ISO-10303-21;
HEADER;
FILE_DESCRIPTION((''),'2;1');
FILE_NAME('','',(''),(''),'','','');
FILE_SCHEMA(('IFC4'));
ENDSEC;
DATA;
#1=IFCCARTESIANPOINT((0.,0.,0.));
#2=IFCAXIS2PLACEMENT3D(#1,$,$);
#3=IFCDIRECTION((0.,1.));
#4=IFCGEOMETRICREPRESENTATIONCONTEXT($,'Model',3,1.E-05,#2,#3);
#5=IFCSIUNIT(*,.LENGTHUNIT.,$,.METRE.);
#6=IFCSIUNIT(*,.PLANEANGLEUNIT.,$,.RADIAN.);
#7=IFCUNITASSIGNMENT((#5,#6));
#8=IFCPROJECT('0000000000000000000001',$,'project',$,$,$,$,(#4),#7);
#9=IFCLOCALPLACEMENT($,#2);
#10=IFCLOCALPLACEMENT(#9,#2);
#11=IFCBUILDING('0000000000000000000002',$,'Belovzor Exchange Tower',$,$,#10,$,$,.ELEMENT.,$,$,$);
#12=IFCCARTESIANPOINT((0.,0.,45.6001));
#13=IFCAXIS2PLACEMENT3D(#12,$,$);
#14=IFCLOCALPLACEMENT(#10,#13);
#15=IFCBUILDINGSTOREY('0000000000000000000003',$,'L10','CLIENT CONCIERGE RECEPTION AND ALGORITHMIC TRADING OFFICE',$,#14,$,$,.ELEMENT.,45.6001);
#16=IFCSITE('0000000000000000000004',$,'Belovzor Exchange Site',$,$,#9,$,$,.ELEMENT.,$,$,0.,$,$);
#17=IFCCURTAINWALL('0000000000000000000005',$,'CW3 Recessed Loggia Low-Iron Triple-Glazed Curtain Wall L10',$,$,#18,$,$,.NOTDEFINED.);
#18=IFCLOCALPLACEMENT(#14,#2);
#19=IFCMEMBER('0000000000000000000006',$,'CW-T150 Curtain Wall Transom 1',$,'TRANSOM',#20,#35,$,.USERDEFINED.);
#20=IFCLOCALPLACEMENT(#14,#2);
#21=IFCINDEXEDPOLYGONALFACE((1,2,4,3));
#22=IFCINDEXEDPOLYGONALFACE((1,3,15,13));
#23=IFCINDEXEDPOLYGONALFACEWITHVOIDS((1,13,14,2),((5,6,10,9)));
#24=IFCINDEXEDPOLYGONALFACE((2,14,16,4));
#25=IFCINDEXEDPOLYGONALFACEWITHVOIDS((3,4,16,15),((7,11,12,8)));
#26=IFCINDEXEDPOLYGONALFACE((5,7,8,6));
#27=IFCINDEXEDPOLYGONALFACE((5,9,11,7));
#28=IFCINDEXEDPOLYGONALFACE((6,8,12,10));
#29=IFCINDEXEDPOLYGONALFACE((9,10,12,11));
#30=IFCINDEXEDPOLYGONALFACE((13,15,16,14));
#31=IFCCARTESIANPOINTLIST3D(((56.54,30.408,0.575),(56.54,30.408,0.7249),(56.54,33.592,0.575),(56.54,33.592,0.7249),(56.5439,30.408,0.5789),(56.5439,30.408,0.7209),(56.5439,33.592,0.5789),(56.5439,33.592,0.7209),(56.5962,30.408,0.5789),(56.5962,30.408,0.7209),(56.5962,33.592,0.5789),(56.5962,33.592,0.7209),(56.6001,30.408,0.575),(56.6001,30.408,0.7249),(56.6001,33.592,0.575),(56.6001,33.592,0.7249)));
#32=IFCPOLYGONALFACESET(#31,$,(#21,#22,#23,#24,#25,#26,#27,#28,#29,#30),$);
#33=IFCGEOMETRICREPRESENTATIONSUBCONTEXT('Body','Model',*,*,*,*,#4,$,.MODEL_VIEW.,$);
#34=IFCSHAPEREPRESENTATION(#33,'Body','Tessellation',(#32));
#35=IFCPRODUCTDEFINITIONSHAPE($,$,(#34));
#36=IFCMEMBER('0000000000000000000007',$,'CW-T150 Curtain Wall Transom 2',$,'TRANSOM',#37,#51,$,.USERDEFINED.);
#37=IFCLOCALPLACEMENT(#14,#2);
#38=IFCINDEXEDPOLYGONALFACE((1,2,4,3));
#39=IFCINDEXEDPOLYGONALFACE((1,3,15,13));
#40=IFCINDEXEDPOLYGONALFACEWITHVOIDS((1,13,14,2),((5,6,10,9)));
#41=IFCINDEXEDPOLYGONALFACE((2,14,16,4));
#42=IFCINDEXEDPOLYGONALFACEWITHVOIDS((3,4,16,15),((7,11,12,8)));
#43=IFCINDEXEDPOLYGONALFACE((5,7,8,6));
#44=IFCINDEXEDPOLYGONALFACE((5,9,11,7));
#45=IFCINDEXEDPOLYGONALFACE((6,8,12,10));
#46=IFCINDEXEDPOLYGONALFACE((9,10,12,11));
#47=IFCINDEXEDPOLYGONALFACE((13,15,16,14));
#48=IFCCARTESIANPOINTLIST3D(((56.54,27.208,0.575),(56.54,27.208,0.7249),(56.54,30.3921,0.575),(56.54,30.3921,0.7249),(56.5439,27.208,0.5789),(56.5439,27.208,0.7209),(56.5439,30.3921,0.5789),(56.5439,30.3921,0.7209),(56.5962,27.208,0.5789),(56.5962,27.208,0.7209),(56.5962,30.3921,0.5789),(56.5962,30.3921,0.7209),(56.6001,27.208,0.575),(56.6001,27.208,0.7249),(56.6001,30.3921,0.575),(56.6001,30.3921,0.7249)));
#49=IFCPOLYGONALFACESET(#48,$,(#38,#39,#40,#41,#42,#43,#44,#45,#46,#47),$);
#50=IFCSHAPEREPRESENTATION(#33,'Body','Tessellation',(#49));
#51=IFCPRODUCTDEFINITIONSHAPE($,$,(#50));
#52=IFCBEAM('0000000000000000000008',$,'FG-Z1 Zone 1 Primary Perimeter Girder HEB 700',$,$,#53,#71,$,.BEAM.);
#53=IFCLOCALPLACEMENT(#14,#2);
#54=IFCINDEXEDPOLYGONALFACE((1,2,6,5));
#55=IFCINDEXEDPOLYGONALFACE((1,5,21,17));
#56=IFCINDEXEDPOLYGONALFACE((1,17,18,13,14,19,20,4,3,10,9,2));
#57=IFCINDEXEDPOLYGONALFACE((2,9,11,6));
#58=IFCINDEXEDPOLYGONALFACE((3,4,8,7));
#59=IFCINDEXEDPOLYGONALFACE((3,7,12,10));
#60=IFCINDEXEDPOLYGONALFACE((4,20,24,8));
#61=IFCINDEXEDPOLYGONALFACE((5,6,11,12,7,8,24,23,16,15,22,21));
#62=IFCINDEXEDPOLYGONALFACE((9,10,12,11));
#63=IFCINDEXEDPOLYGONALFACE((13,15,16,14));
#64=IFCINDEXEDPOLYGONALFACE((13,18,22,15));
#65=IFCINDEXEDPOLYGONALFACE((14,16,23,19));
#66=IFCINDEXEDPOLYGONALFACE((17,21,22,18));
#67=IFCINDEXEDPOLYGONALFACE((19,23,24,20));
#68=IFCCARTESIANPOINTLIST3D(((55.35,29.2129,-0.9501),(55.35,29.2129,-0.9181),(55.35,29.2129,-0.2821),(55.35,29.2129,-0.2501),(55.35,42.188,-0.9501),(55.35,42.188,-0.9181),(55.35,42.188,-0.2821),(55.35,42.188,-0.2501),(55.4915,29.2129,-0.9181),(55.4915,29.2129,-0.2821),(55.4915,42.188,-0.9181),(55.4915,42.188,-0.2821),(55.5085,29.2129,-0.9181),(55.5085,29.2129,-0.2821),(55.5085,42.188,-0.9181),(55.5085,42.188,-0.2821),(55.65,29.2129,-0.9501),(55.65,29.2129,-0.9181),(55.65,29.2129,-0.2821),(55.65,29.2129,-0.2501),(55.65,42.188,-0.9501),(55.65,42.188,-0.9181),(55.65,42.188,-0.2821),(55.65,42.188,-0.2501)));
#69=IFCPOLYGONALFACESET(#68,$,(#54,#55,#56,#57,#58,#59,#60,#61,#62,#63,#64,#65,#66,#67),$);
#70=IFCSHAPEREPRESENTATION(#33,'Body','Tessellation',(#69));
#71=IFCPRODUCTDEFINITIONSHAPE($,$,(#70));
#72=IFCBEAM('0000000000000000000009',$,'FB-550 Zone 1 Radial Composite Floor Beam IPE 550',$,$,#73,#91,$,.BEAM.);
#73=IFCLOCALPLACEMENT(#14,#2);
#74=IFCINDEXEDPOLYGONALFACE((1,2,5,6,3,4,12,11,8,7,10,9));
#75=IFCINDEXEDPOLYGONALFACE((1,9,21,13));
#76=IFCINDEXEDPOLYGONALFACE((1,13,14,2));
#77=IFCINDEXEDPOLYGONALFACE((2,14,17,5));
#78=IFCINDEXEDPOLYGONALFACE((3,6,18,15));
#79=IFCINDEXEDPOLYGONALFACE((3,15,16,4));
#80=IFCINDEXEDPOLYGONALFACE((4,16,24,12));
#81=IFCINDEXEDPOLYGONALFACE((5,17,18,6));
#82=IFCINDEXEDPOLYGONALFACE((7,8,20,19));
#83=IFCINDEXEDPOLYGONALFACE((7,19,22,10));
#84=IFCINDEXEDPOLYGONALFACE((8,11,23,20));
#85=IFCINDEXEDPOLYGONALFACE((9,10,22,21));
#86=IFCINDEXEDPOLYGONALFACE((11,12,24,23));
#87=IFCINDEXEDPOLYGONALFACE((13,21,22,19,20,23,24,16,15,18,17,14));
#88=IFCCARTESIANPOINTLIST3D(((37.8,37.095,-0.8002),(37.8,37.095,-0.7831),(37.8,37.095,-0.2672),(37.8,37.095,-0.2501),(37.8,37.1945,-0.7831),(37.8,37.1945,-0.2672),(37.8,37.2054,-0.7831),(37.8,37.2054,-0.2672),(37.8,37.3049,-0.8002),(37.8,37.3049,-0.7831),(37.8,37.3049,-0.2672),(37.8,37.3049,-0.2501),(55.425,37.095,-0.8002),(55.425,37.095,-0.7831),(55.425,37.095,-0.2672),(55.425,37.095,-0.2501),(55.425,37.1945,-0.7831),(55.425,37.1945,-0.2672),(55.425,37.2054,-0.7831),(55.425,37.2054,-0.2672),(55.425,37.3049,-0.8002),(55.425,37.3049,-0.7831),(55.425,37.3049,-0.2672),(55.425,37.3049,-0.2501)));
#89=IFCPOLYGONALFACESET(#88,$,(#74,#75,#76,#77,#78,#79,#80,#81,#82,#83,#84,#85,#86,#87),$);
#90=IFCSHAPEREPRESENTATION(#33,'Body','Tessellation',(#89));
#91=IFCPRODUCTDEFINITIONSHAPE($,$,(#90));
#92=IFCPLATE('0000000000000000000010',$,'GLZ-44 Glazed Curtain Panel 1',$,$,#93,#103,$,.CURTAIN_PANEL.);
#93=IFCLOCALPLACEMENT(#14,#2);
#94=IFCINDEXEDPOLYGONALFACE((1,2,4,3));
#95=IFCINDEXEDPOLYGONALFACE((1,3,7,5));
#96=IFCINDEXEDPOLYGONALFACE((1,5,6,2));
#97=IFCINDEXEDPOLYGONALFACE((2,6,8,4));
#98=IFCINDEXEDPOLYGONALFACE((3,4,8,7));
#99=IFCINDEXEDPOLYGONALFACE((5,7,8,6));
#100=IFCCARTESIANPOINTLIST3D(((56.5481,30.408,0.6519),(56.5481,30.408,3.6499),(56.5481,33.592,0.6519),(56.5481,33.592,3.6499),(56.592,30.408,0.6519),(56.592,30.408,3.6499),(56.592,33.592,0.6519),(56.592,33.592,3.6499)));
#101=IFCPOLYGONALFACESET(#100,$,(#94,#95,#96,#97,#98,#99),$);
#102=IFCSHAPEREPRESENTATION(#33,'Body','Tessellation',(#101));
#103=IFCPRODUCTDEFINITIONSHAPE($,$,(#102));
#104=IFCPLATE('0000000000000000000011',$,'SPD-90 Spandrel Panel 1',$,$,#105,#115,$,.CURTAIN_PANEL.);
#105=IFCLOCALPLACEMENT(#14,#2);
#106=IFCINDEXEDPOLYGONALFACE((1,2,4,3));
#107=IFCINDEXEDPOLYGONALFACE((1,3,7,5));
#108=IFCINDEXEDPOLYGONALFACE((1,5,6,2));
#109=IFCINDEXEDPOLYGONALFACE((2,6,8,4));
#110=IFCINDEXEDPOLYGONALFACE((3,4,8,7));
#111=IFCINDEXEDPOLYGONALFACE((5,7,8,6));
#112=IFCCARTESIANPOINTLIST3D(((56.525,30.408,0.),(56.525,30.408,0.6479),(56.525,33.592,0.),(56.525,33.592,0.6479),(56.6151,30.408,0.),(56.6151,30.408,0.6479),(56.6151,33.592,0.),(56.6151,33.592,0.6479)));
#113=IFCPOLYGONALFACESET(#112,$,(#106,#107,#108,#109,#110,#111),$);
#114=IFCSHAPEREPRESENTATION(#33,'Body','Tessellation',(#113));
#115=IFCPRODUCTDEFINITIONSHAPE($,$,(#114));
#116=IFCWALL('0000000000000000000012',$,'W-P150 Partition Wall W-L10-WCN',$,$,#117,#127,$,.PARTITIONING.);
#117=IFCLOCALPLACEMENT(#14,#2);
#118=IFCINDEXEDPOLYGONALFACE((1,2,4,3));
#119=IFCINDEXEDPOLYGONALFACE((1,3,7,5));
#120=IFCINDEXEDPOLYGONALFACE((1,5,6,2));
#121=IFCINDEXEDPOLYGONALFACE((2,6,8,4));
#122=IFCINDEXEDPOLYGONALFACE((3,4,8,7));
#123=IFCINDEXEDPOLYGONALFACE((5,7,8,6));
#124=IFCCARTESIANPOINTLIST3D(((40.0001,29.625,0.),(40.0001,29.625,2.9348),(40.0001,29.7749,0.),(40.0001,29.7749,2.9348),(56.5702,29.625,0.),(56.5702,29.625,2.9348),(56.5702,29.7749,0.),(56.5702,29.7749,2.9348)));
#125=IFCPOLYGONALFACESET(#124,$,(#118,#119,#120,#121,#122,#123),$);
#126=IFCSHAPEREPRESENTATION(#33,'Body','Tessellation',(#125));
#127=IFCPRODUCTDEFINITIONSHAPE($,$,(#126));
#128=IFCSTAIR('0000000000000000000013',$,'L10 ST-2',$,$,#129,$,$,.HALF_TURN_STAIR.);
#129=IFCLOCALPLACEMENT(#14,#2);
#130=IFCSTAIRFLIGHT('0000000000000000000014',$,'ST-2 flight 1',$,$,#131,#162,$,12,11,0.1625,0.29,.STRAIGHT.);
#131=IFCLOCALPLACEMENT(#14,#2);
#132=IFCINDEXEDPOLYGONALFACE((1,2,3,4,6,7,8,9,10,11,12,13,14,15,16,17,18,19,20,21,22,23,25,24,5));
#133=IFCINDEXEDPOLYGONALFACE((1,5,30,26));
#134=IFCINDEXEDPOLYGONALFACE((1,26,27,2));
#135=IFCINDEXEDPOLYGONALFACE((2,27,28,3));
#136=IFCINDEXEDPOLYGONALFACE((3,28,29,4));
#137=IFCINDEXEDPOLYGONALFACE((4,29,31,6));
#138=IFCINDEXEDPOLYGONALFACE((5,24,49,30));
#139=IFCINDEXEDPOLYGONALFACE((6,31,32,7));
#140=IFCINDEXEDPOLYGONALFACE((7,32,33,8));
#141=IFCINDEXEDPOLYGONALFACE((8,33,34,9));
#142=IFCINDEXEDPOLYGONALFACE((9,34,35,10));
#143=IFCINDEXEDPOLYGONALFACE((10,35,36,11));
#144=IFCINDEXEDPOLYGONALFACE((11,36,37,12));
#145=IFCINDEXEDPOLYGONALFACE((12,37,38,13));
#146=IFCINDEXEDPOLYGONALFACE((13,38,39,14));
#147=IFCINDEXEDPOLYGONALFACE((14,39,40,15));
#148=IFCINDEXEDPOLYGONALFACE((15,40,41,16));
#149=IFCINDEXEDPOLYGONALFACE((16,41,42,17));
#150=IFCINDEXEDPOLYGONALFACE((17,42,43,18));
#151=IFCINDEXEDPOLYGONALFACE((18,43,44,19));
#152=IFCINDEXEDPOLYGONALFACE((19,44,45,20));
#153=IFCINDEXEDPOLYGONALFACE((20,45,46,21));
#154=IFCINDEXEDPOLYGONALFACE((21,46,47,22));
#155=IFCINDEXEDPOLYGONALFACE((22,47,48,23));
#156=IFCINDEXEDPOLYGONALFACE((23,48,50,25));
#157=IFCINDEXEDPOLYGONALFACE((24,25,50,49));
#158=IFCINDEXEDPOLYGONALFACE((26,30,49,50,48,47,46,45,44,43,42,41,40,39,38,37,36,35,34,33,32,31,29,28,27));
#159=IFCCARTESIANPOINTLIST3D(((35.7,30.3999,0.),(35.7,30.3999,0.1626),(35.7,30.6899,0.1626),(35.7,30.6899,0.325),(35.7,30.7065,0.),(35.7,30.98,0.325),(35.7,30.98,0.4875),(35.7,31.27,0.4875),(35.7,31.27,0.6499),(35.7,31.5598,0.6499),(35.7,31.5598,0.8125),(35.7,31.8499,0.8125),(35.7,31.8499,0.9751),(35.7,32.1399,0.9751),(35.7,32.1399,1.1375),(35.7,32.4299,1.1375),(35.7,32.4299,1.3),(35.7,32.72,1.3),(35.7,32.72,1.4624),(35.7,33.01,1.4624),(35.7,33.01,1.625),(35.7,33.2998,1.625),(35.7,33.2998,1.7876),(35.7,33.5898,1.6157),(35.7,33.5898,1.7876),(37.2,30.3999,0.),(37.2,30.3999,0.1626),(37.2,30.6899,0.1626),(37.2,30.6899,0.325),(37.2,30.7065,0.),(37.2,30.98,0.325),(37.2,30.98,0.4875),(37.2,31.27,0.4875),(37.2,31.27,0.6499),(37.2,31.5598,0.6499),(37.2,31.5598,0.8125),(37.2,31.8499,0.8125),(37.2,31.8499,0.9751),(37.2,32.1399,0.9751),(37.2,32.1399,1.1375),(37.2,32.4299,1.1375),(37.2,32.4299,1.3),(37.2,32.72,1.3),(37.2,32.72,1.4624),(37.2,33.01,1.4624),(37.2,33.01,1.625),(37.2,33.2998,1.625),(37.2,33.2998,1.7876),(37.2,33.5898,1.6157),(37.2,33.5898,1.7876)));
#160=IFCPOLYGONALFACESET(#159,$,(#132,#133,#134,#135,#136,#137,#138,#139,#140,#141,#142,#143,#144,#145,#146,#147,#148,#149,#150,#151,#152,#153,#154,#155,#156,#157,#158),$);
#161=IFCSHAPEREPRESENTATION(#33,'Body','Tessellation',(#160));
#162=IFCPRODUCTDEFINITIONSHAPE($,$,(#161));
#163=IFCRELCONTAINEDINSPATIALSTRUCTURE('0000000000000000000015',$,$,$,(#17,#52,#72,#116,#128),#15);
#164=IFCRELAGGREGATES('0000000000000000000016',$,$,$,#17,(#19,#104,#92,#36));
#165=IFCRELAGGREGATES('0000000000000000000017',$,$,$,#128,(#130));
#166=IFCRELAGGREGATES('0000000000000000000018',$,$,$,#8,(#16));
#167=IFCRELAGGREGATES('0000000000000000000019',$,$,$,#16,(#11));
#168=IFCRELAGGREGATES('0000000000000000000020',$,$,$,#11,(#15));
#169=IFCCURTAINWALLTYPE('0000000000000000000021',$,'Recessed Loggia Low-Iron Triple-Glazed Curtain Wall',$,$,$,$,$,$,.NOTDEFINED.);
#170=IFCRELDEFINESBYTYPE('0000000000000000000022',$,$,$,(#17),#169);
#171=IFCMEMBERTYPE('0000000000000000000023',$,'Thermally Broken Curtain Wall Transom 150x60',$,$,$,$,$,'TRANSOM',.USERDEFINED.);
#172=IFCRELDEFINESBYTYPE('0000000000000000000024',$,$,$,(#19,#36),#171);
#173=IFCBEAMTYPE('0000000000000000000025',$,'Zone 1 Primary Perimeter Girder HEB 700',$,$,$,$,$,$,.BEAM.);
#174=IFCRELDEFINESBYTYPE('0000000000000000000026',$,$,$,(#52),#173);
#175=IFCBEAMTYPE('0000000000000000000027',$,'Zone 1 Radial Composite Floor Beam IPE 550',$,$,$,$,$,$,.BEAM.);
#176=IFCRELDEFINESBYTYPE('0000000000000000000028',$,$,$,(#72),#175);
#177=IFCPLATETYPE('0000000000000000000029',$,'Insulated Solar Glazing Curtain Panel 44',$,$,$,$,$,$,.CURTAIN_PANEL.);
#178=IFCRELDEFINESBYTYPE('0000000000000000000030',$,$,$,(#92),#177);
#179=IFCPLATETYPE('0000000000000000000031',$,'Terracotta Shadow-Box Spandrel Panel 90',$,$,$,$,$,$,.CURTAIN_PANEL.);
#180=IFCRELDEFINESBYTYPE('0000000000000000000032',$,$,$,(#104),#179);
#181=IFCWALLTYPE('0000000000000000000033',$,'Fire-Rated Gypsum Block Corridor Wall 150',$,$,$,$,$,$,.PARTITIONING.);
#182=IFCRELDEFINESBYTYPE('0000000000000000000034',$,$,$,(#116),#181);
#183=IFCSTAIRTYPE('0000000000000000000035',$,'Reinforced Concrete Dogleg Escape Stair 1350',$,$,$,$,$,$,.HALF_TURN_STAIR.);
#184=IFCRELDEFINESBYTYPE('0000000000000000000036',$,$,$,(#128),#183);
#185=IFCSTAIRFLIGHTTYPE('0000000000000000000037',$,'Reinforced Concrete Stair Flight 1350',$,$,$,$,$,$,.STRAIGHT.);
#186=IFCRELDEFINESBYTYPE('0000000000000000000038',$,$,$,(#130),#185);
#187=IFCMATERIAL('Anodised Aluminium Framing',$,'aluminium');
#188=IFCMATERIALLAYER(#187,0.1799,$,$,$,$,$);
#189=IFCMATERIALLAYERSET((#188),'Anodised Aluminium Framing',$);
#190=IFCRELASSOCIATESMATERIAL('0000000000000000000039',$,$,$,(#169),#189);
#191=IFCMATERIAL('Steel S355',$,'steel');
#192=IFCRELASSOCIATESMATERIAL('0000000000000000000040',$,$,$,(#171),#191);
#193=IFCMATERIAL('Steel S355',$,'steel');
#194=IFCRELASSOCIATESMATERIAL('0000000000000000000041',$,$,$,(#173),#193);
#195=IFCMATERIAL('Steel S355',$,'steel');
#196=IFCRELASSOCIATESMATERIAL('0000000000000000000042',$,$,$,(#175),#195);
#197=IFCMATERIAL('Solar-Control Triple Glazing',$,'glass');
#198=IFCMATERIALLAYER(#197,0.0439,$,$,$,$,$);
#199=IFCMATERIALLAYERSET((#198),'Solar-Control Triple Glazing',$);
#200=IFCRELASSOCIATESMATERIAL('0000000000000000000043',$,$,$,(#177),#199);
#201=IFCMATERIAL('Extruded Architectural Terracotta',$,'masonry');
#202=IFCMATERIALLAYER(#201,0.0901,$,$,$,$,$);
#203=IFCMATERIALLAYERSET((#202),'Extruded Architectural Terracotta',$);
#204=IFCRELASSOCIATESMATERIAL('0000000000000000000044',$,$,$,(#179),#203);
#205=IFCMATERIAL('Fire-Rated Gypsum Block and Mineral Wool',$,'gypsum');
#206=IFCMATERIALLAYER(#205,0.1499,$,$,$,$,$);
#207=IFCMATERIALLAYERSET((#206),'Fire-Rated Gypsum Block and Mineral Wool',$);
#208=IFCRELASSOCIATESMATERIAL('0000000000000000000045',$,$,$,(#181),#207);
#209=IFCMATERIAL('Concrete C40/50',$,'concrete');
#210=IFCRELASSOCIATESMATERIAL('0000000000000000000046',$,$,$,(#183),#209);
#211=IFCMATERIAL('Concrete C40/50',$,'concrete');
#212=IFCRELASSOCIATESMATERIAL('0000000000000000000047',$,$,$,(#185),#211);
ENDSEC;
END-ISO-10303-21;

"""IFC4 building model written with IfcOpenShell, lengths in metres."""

from ifc_helpers import new_model, si_unit, direction, frame, frame_2d, origin, origin_2d, place, context, subcontext, project, spatial, polyline, rectangle, hollow_rectangle, i_section, outline, extrude, material, layer, layer_set, material_profile, profile_set, type_object, element, aggregate, save


model = new_model("IFC4")

# Units and contexts
model_context = context("Model", 3, precision=1e-05, world=origin(), true_north=direction((0.0, 1.0)))
body_context = subcontext(model_context, "Body", "Model", "MODEL_VIEW")
ifc_project = project(units=[si_unit("LENGTHUNIT", "METRE"), si_unit("PLANEANGLEUNIT", "RADIAN")], contexts=[model_context])

# Site, building, storey
site_placement = place(None, origin())
site = spatial("IfcSite", under=ifc_project, at=site_placement, Name="Belovzor Exchange Site", CompositionType="ELEMENT", RefElevation=0.0)
building_placement = place(site_placement, origin())
building = spatial("IfcBuilding", under=site, at=building_placement, Name="Belovzor Exchange Tower", CompositionType="ELEMENT")
storey_placement = place(building_placement, frame((0.0, 0.0, 45.6001)))
storey = spatial("IfcBuildingStorey", under=building, at=storey_placement, Name="L10", Description="CLIENT CONCIERGE RECEPTION AND ALGORITHMIC TRADING OFFICE", CompositionType="ELEMENT", Elevation=45.6001)

# Curtain wall, members
ifc_material_1 = material(Name="Anodised Aluminium Framing", Category="aluminium")
ifc_layer_1 = layer(ifc_material_1, 0.1799)
ifc_layer_set_1 = layer_set([ifc_layer_1], Name="Anodised Aluminium Framing")
curtain_wall_type = type_object("IfcCurtainWallType", Name="Recessed Loggia Low-Iron Triple-Glazed Curtain Wall", PredefinedType="NOTDEFINED", material=ifc_layer_set_1)
curtain_wall_placement = place(storey_placement, origin())
curtain_wall = element("IfcCurtainWall", 1, at=curtain_wall_placement, inside=storey, type_object=curtain_wall_type, Name="CW3 Recessed Loggia Low-Iron Triple-Glazed Curtain Wall L10", PredefinedType="NOTDEFINED")
ifc_material_2 = material(Name="Steel S355", Category="steel")
ifc_material_profile_1 = material_profile(ifc_material_2, hollow_rectangle(XDim=0.0601, YDim=0.1499, WallThickness=0.0039, at=origin_2d()))
ifc_profile_set_1 = profile_set([ifc_material_profile_1], Name="Steel S355")
member_type_1 = type_object("IfcMemberType", Name="Thermally Broken Curtain Wall Transom 150x60", ElementType="TRANSOM", PredefinedType="USERDEFINED", material=ifc_profile_set_1)
member_1_placement = place(storey_placement, frame((56.5701, 33.592, 0.6499), z_axis=(0.0, -1.0, 0.0), x_axis=(1.0, 0.0, 0.0)))
member_1 = element("IfcMember", 2, at=member_1_placement, type_object=member_type_1, Name="CW-T150 Curtain Wall Transom 1", ObjectType="TRANSOM", PredefinedType="USERDEFINED", context=body_context, shape_type="SweptSolid", body=[
    extrude(hollow_rectangle(XDim=0.0601, YDim=0.1499, WallThickness=0.0039, at=origin_2d()), origin(), (0.0, 0.0, 1.0), 3.1841),
])
member_2_placement = place(storey_placement, frame((56.5701, 30.3921, 0.6499), z_axis=(0.0, -1.0, 0.0), x_axis=(1.0, 0.0, 0.0)))
member_2 = element("IfcMember", 3, at=member_2_placement, type_object=member_type_1, Name="CW-T150 Curtain Wall Transom 2", ObjectType="TRANSOM", PredefinedType="USERDEFINED", context=body_context, shape_type="SweptSolid", body=[
    extrude(hollow_rectangle(XDim=0.0601, YDim=0.1499, WallThickness=0.0039, at=origin_2d()), origin(), (0.0, 0.0, 1.0), 3.1841),
])

# Beams
ifc_material_3 = material(Name="Steel S355", Category="steel")
ifc_material_profile_2 = material_profile(ifc_material_3, i_section(OverallWidth=0.3, OverallDepth=0.7, WebThickness=0.0171, FlangeThickness=0.032, at=origin_2d()))
ifc_profile_set_2 = profile_set([ifc_material_profile_2], Name="Steel S355")
beam_type_1 = type_object("IfcBeamType", Name="Zone 1 Primary Perimeter Girder HEB 700", PredefinedType="BEAM", material=ifc_profile_set_2)
beam_1_placement = place(storey_placement, frame((55.5, 29.2129, -0.6001), z_axis=(0.0, 1.0, 0.0), x_axis=(-1.0, 0.0, 0.0)))
element("IfcBeam", 4, at=beam_1_placement, inside=storey, type_object=beam_type_1, Name="FG-Z1 Zone 1 Primary Perimeter Girder HEB 700", PredefinedType="BEAM", context=body_context, shape_type="SweptSolid", body=[
    extrude(i_section(OverallWidth=0.3, OverallDepth=0.7, WebThickness=0.0171, FlangeThickness=0.032, at=origin_2d()), origin(), (0.0, 0.0, 1.0), 12.9751),
])
ifc_material_4 = material(Name="Steel S355", Category="steel")
ifc_material_profile_3 = material_profile(ifc_material_4, i_section(OverallWidth=0.21, OverallDepth=0.55, WebThickness=0.011, FlangeThickness=0.0171, at=origin_2d()))
ifc_profile_set_3 = profile_set([ifc_material_profile_3], Name="Steel S355")
beam_type_2 = type_object("IfcBeamType", Name="Zone 1 Radial Composite Floor Beam IPE 550", PredefinedType="BEAM", material=ifc_profile_set_3)
beam_2_placement = place(storey_placement, frame((37.8, 37.2, -0.5251), z_axis=(1.0, 0.0, 0.0), x_axis=(0.0, 1.0, 0.0)))
element("IfcBeam", 5, at=beam_2_placement, inside=storey, type_object=beam_type_2, Name="FB-550 Zone 1 Radial Composite Floor Beam IPE 550", PredefinedType="BEAM", context=body_context, shape_type="SweptSolid", body=[
    extrude(i_section(OverallWidth=0.21, OverallDepth=0.55, WebThickness=0.011, FlangeThickness=0.0171, at=origin_2d()), origin(), (0.0, 0.0, 1.0), 17.625),
])

# Plates
ifc_material_5 = material(Name="Solar-Control Triple Glazing", Category="glass")
ifc_layer_2 = layer(ifc_material_5, 0.0439)
ifc_layer_set_2 = layer_set([ifc_layer_2], Name="Solar-Control Triple Glazing")
plate_type_1 = type_object("IfcPlateType", Name="Insulated Solar Glazing Curtain Panel 44", PredefinedType="CURTAIN_PANEL", material=ifc_layer_set_2)
plate_1_placement = place(storey_placement, frame((56.5701, 32.0, 0.6519), z_axis=(0.0, 0.0, 1.0), x_axis=(0.0, -1.0, 0.0)))
plate_1 = element("IfcPlate", 6, at=plate_1_placement, type_object=plate_type_1, Name="GLZ-44 Glazed Curtain Panel 1", PredefinedType="CURTAIN_PANEL", context=body_context, shape_type="SweptSolid", body=[
    extrude(rectangle(XDim=3.1841, YDim=0.0439, at=origin_2d()), origin(), (0.0, 0.0, 1.0), 2.998),
])
ifc_material_6 = material(Name="Extruded Architectural Terracotta", Category="masonry")
ifc_layer_3 = layer(ifc_material_6, 0.0901)
ifc_layer_set_3 = layer_set([ifc_layer_3], Name="Extruded Architectural Terracotta")
plate_type_2 = type_object("IfcPlateType", Name="Terracotta Shadow-Box Spandrel Panel 90", PredefinedType="CURTAIN_PANEL", material=ifc_layer_set_3)
plate_2_placement = place(storey_placement, frame((56.5701, 32.0, 0.0), z_axis=(0.0, 0.0, 1.0), x_axis=(0.0, -1.0, 0.0)))
plate_2 = element("IfcPlate", 7, at=plate_2_placement, type_object=plate_type_2, Name="SPD-90 Spandrel Panel 1", PredefinedType="CURTAIN_PANEL", context=body_context, shape_type="SweptSolid", body=[
    extrude(rectangle(XDim=3.1841, YDim=0.0901, at=origin_2d()), origin(), (0.0, 0.0, 1.0), 0.6479),
])
aggregate(curtain_wall, [member_1, plate_2, plate_1, member_2])

# Wall
ifc_material_7 = material(Name="Fire-Rated Gypsum Block and Mineral Wool", Category="gypsum")
ifc_layer_4 = layer(ifc_material_7, 0.1499)
ifc_layer_set_4 = layer_set([ifc_layer_4], Name="Fire-Rated Gypsum Block and Mineral Wool")
wall_type = type_object("IfcWallType", Name="Fire-Rated Gypsum Block Corridor Wall 150", PredefinedType="PARTITIONING", material=ifc_layer_set_4)
wall_placement = place(storey_placement, frame((40.0, 29.7, 0.0), z_axis=(0.0, 0.0, 1.0), x_axis=(1.0, 0.0, 0.0)))
element("IfcWall", 8, at=wall_placement, inside=storey, type_object=wall_type, Name="W-P150 Partition Wall W-L10-WCN", PredefinedType="PARTITIONING", context=body_context, shape_type="SweptSolid", body=[
    extrude(rectangle(XDim=16.5701, YDim=0.1499, at=frame_2d((8.2852, 0.0))), origin(), (0.0, 0.0, 1.0), 2.9348),
])

# Stair, stair flight
ifc_material_8 = material(Name="Concrete C40/50", Category="concrete")
stair_type = type_object("IfcStairType", Name="Reinforced Concrete Dogleg Escape Stair 1350", PredefinedType="HALF_TURN_STAIR", material=ifc_material_8)
stair_placement = place(storey_placement, origin())
stair = element("IfcStair", 9, at=stair_placement, inside=storey, type_object=stair_type, Name="L10 ST-2", PredefinedType="HALF_TURN_STAIR")
ifc_material_9 = material(Name="Concrete C40/50", Category="concrete")
stair_flight_type = type_object("IfcStairFlightType", Name="Reinforced Concrete Stair Flight 1350", PredefinedType="STRAIGHT", material=ifc_material_9)
stair_flight_placement = place(storey_placement, frame((36.45, 30.3999, 0.0), z_axis=(0.0, 0.0, 1.0), x_axis=(0.0, 1.0, 0.0)))
stair_flight = element("IfcStairFlight", 10, at=stair_flight_placement, type_object=stair_flight_type, Name="ST-2 flight 1", NumberOfRisers=12, NumberOfTreads=11, PredefinedType="STRAIGHT", RiserHeight=0.1625, TreadLength=0.29, context=body_context, shape_type="SweptSolid", body=[
    extrude(outline(polyline([(0.0, 0.0), (0.0, 0.1626), (0.29, 0.1626), (0.29, 0.325), (0.5801, 0.325), (0.5801, 0.4875), (0.8701, 0.4875), (0.8701, 0.6499), (1.1599, 0.6499), (1.1599, 0.8125), (1.45, 0.8125), (1.45, 0.9751), (1.74, 0.9751), (1.74, 1.1375), (2.03, 1.1375), (2.03, 1.3), (2.3201, 1.3), (2.3201, 1.4624), (2.6101, 1.4624), (2.6101, 1.625), (2.8999, 1.625), (2.8999, 1.7876), (3.1899, 1.7876), (3.1899, 1.95), (3.1899, 1.6157), (0.3066, 0.0), (0.0, 0.0)])), frame((0.0, 0.75, 0.0), z_axis=(0.0, -1.0, 0.0), x_axis=(1.0, 0.0, 0.0)), (0.0, 0.0, 1.0), 1.5),
])
aggregate(stair, [stair_flight])

save(model, "model.ifc")
